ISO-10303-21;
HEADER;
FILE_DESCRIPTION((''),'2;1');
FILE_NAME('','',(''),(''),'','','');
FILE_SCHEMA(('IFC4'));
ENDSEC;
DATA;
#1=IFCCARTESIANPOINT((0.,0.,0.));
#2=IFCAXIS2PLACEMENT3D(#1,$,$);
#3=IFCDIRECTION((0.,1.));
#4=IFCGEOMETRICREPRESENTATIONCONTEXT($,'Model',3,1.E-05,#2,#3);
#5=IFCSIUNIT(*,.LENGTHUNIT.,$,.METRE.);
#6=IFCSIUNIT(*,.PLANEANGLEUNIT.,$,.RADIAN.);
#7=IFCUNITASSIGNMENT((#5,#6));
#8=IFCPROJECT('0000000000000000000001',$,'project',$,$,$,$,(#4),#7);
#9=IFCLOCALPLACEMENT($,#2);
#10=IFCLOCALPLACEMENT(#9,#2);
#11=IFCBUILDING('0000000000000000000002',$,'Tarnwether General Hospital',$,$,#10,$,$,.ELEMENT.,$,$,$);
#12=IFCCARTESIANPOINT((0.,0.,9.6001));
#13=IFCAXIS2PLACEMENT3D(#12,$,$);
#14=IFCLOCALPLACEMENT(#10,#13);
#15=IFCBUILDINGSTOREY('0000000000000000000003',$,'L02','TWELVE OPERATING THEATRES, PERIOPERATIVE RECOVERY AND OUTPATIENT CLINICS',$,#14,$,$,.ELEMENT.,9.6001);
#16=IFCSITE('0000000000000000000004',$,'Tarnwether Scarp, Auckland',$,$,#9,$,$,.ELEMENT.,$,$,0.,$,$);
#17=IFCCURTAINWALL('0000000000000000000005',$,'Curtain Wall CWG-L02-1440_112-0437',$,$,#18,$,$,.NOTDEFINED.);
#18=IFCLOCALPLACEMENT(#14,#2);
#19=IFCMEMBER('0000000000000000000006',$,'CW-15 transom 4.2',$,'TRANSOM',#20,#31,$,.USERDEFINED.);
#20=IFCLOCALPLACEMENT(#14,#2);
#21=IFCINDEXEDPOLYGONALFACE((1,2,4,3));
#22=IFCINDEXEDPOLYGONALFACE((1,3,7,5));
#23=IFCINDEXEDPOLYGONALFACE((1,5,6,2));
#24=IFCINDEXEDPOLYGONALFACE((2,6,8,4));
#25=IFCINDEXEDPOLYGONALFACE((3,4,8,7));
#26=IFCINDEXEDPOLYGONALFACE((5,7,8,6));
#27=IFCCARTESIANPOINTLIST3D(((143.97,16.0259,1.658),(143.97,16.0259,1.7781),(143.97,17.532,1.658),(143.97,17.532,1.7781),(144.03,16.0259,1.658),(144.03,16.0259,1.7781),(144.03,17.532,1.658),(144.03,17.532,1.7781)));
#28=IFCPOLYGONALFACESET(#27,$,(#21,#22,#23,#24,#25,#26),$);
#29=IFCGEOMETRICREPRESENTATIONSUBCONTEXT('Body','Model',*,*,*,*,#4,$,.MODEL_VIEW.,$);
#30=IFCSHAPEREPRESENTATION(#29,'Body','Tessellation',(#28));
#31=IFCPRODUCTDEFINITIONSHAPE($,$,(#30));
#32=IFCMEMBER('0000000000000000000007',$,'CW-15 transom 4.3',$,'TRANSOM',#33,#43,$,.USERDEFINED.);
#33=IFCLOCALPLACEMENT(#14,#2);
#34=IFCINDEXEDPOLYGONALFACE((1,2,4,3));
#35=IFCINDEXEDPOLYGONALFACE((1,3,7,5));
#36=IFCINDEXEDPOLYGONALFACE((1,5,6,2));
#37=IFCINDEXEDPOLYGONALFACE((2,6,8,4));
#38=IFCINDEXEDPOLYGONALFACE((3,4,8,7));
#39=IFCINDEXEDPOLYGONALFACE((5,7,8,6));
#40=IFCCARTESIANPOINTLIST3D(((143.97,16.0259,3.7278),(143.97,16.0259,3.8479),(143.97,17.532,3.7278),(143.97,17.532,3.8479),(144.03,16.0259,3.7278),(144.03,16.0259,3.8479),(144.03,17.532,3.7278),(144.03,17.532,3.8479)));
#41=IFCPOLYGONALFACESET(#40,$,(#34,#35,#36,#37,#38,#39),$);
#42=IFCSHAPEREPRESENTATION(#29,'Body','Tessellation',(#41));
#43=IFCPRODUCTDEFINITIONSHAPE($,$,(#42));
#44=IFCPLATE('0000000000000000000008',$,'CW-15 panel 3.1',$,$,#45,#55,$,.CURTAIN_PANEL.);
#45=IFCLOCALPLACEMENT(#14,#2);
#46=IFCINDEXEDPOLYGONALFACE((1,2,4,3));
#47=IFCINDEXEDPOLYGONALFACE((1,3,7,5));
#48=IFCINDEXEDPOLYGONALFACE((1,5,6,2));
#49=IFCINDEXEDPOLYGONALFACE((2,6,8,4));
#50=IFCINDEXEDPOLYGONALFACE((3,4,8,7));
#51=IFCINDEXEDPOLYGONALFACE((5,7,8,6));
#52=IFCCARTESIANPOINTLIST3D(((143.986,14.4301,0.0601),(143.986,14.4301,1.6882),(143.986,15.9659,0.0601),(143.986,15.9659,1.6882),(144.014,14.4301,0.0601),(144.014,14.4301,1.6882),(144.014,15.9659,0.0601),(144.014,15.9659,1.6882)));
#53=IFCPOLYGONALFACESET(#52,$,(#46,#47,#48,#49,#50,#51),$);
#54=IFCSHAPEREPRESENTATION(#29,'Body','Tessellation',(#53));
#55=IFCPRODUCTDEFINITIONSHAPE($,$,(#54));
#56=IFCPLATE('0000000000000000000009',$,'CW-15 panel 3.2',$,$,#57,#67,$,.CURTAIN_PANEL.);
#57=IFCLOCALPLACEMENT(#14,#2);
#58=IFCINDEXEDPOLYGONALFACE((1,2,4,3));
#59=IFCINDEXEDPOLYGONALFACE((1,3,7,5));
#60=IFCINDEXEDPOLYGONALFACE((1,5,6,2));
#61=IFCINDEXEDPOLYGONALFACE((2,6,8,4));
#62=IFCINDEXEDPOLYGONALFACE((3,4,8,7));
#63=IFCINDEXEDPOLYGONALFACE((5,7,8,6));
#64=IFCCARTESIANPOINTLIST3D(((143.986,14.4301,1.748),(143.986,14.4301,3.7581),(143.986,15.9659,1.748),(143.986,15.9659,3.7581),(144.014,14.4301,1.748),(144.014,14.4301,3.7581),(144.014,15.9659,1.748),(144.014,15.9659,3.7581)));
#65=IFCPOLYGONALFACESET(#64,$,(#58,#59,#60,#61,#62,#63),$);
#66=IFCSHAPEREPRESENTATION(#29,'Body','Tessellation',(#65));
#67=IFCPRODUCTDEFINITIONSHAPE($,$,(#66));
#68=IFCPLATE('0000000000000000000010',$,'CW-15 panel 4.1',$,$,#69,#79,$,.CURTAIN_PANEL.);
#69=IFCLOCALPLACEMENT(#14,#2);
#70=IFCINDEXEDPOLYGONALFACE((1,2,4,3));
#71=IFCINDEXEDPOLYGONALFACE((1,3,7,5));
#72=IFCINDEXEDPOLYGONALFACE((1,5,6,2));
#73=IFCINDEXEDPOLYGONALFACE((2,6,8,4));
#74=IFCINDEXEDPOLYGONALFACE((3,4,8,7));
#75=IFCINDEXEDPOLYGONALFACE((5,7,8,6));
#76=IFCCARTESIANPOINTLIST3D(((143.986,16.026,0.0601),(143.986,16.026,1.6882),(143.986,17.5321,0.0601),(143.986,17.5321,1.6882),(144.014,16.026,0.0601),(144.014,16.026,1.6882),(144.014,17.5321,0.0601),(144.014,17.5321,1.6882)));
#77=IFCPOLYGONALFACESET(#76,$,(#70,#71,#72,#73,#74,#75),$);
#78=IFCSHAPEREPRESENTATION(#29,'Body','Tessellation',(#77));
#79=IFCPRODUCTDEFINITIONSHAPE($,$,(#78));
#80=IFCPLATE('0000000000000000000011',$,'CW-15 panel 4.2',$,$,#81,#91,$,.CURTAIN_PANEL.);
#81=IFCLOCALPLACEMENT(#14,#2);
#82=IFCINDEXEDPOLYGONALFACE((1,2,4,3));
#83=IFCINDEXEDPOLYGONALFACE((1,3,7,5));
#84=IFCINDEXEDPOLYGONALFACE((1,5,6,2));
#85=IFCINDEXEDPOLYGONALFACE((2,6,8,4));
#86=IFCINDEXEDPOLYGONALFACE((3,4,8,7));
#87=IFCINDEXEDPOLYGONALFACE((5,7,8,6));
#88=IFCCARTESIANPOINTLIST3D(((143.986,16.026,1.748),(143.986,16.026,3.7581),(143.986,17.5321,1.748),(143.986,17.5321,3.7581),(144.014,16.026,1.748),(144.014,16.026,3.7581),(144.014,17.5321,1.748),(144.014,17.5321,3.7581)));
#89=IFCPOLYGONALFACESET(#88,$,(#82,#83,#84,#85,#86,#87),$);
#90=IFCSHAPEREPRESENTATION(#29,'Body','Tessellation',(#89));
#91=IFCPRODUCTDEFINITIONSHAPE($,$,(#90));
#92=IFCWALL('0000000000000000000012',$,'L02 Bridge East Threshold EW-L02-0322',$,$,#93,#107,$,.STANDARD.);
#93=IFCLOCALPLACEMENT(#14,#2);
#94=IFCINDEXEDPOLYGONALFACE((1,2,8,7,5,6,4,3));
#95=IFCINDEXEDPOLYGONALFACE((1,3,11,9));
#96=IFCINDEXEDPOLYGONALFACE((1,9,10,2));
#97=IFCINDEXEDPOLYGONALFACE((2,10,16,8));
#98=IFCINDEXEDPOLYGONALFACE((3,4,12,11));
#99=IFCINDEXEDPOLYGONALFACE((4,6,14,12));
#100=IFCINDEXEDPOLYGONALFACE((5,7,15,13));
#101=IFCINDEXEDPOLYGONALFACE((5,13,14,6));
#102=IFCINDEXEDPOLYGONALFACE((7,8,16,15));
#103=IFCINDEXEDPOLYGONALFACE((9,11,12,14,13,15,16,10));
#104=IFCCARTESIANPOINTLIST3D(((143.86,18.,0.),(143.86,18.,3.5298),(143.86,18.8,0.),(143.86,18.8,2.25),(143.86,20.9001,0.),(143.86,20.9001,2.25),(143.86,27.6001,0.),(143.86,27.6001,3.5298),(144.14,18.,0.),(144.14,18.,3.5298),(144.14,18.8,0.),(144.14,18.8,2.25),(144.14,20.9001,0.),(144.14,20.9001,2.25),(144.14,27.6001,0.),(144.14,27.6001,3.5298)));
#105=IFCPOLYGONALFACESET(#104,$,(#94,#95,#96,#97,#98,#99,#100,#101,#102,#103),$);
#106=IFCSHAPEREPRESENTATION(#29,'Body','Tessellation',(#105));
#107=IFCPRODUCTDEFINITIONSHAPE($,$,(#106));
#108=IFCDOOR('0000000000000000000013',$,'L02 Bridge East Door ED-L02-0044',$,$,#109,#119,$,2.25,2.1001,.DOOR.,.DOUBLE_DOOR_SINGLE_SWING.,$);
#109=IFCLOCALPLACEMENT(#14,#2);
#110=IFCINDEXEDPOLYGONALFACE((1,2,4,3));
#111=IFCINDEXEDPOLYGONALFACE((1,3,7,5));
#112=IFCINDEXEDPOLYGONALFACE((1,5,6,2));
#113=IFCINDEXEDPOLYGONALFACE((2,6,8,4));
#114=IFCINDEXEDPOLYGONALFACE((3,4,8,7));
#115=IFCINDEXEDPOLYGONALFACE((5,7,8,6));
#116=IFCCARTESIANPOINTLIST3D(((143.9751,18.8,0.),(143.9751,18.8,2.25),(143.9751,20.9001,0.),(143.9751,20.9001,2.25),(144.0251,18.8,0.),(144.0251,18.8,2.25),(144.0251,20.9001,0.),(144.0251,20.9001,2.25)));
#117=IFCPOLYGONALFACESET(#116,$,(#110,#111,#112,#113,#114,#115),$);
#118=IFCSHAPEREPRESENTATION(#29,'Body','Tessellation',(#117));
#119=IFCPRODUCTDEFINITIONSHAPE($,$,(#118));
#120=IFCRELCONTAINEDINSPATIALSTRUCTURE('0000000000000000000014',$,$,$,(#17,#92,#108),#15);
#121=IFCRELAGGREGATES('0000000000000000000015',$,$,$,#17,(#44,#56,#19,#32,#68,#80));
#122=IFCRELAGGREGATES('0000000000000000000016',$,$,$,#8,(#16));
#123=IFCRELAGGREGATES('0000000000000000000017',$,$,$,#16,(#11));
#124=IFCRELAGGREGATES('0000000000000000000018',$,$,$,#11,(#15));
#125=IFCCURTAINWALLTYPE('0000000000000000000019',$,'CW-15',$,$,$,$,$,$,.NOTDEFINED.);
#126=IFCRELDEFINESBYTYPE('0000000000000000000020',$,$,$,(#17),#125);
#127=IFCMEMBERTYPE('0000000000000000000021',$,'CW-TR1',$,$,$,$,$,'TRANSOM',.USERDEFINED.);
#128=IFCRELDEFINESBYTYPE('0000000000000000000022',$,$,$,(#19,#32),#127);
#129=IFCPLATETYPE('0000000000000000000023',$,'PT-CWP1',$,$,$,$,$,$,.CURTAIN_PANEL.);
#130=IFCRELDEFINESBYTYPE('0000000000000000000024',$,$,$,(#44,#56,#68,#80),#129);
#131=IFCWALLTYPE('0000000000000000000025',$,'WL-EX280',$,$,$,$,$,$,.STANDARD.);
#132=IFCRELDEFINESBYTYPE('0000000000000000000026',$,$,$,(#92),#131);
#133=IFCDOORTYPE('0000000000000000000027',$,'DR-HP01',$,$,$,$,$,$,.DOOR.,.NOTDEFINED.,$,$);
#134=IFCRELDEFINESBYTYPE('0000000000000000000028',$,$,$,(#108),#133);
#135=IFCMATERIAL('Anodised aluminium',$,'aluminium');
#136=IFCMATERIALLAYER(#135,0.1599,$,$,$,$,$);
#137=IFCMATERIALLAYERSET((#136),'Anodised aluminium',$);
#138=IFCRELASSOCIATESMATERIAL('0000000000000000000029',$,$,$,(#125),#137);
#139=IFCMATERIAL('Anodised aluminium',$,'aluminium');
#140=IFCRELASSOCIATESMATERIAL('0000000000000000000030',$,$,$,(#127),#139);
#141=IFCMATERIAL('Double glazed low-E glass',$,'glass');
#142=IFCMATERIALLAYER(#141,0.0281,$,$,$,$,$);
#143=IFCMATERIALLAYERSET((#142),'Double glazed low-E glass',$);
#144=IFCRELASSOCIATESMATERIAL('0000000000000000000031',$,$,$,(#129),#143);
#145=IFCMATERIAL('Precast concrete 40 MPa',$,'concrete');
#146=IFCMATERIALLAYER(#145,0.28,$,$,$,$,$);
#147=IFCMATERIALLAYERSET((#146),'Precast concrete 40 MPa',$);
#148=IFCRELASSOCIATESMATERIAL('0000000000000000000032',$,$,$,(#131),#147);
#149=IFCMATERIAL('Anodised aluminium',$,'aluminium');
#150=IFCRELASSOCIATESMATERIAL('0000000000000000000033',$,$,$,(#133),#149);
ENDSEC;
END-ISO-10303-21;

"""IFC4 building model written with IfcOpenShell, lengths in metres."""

from ifc_helpers import new_model, si_unit, direction, frame, frame_2d, origin, origin_2d, place, context, subcontext, project, spatial, rectangle, extrude, material, layer, layer_set, material_profile, profile_set, type_object, element, fill, aggregate, save


model = new_model("IFC4")

# Units and contexts
model_context = context("Model", 3, precision=1e-05, world=origin(), true_north=direction((0.0, 1.0)))
body_context = subcontext(model_context, "Body", "Model", "MODEL_VIEW")
ifc_project = project(units=[si_unit("LENGTHUNIT", "METRE"), si_unit("PLANEANGLEUNIT", "RADIAN")], contexts=[model_context])

# Site, building, storey
site_placement = place(None, origin())
site = spatial("IfcSite", under=ifc_project, at=site_placement, Name="Tarnwether Scarp, Auckland", CompositionType="ELEMENT", RefElevation=0.0)
building_placement = place(site_placement, origin())
building = spatial("IfcBuilding", under=site, at=building_placement, Name="Tarnwether General Hospital", CompositionType="ELEMENT")
storey_placement = place(building_placement, frame((0.0, 0.0, 9.6001)))
storey = spatial("IfcBuildingStorey", under=building, at=storey_placement, Name="L02", Description="TWELVE OPERATING THEATRES, PERIOPERATIVE RECOVERY AND OUTPATIENT CLINICS", CompositionType="ELEMENT", Elevation=9.6001)

# Curtain wall, members, plates
ifc_material_1 = material(Name="Anodised aluminium", Category="aluminium")
ifc_layer_1 = layer(ifc_material_1, 0.1599)
ifc_layer_set_1 = layer_set([ifc_layer_1], Name="Anodised aluminium")
curtain_wall_type = type_object("IfcCurtainWallType", Name="CW-15", PredefinedType="NOTDEFINED", material=ifc_layer_set_1)
curtain_wall_placement = place(storey_placement, origin())
curtain_wall = element("IfcCurtainWall", 1, at=curtain_wall_placement, inside=storey, type_object=curtain_wall_type, Name="Curtain Wall CWG-L02-1440_112-0437", PredefinedType="NOTDEFINED")
ifc_material_2 = material(Name="Anodised aluminium", Category="aluminium")
ifc_material_profile_1 = material_profile(ifc_material_2, rectangle(XDim=0.0601, YDim=0.1201, at=origin_2d()), Name="ALU-TRN-60x120")
ifc_profile_set_1 = profile_set([ifc_material_profile_1], Name="Anodised aluminium")
member_type_1 = type_object("IfcMemberType", Name="CW-TR1", ElementType="TRANSOM", PredefinedType="USERDEFINED", material=ifc_profile_set_1)
member_1_placement = place(storey_placement, frame((144.0, 16.0259, 1.718), z_axis=(0.0, 1.0, 0.0), x_axis=(-1.0, 0.0, 0.0)))
member_1 = element("IfcMember", 2, at=member_1_placement, type_object=member_type_1, Name="CW-15 transom 4.2", ObjectType="TRANSOM", PredefinedType="USERDEFINED", context=body_context, shape_type="SweptSolid", body=[
    extrude(rectangle(XDim=0.0601, YDim=0.1201, at=origin_2d()), origin(), (0.0, 0.0, 1.0), 1.5061),
])
member_2_placement = place(storey_placement, frame((144.0, 16.0259, 3.7878), z_axis=(0.0, 1.0, 0.0), x_axis=(-1.0, 0.0, 0.0)))
member_2 = element("IfcMember", 3, at=member_2_placement, type_object=member_type_1, Name="CW-15 transom 4.3", ObjectType="TRANSOM", PredefinedType="USERDEFINED", context=body_context, shape_type="SweptSolid", body=[
    extrude(rectangle(XDim=0.0601, YDim=0.1201, at=origin_2d()), origin(), (0.0, 0.0, 1.0), 1.5061),
])
ifc_material_3 = material(Name="Double glazed low-E glass", Category="glass")
ifc_layer_2 = layer(ifc_material_3, 0.0281)
ifc_layer_set_2 = layer_set([ifc_layer_2], Name="Double glazed low-E glass")
plate_type = type_object("IfcPlateType", Name="PT-CWP1", PredefinedType="CURTAIN_PANEL", material=ifc_layer_set_2)
plate_1_placement = place(storey_placement, frame((144.0, 15.198, 0.0601), z_axis=(0.0, 0.0, 1.0), x_axis=(0.0, 1.0, 0.0)))
plate_1 = element("IfcPlate", 4, at=plate_1_placement, type_object=plate_type, Name="CW-15 panel 3.1", PredefinedType="CURTAIN_PANEL", context=body_context, shape_type="SweptSolid", body=[
    extrude(rectangle(XDim=1.5359, YDim=0.0281, at=origin_2d()), origin(), (0.0, 0.0, 1.0), 1.6282),
])
plate_2_placement = place(storey_placement, frame((144.0, 15.198, 1.748), z_axis=(0.0, 0.0, 1.0), x_axis=(0.0, 1.0, 0.0)))
plate_2 = element("IfcPlate", 5, at=plate_2_placement, type_object=plate_type, Name="CW-15 panel 3.2", PredefinedType="CURTAIN_PANEL", context=body_context, shape_type="SweptSolid", body=[
    extrude(rectangle(XDim=1.5359, YDim=0.0281, at=origin_2d()), origin(), (0.0, 0.0, 1.0), 2.01),
])
plate_3_placement = place(storey_placement, frame((144.0, 16.7791, 0.0601), z_axis=(0.0, 0.0, 1.0), x_axis=(0.0, 1.0, 0.0)))
plate_3 = element("IfcPlate", 6, at=plate_3_placement, type_object=plate_type, Name="CW-15 panel 4.1", PredefinedType="CURTAIN_PANEL", context=body_context, shape_type="SweptSolid", body=[
    extrude(rectangle(XDim=1.5061, YDim=0.0281, at=origin_2d()), origin(), (0.0, 0.0, 1.0), 1.6282),
])
plate_4_placement = place(storey_placement, frame((144.0, 16.7791, 1.748), z_axis=(0.0, 0.0, 1.0), x_axis=(0.0, 1.0, 0.0)))
plate_4 = element("IfcPlate", 7, at=plate_4_placement, type_object=plate_type, Name="CW-15 panel 4.2", PredefinedType="CURTAIN_PANEL", context=body_context, shape_type="SweptSolid", body=[
    extrude(rectangle(XDim=1.5061, YDim=0.0281, at=origin_2d()), origin(), (0.0, 0.0, 1.0), 2.01),
])
aggregate(curtain_wall, [plate_1, plate_2, member_1, member_2, plate_3, plate_4])

# Wall, opening, door
ifc_material_4 = material(Name="Precast concrete 40 MPa", Category="concrete")
ifc_layer_3 = layer(ifc_material_4, 0.28)
ifc_layer_set_3 = layer_set([ifc_layer_3], Name="Precast concrete 40 MPa")
wall_type = type_object("IfcWallType", Name="WL-EX280", PredefinedType="STANDARD", material=ifc_layer_set_3)
wall_placement = place(storey_placement, frame((144.0, 18.0, 0.0), z_axis=(0.0, 0.0, 1.0), x_axis=(0.0, 1.0, 0.0)))
wall = element("IfcWall", 8, at=wall_placement, inside=storey, type_object=wall_type, Name="L02 Bridge East Threshold EW-L02-0322", PredefinedType="STANDARD", context=body_context, shape_type="SweptSolid", body=[
    extrude(rectangle(XDim=9.6001, YDim=0.28, at=frame_2d((4.8, 0.0))), origin(), (0.0, 0.0, 1.0), 3.5298),
])
opening_placement = place(wall_placement, frame((0.8, 0.0, 0.0)))
opening = element("IfcOpeningElement", 9, at=opening_placement, cuts=wall, PredefinedType="OPENING", context=body_context, shape_type="SweptSolid", body=[
    extrude(rectangle(XDim=2.1001, YDim=2.25, at=frame_2d((1.05, 1.125))), frame((0.0, 0.1499, 0.0), z_axis=(0.0, -1.0, 0.0), x_axis=(1.0, 0.0, 0.0)), (0.0, 0.0, 1.0), 0.3),
])
ifc_material_5 = material(Name="Anodised aluminium", Category="aluminium")
door_type = type_object("IfcDoorType", Name="DR-HP01", OperationType="NOTDEFINED", PredefinedType="DOOR", material=ifc_material_5)
door_placement = place(opening_placement, origin())
door = element("IfcDoor", 10, at=door_placement, inside=storey, type_object=door_type, Name="L02 Bridge East Door ED-L02-0044", OperationType="DOUBLE_DOOR_SINGLE_SWING", OverallHeight=2.25, OverallWidth=2.1001, PredefinedType="DOOR", context=body_context, shape_type="SweptSolid", body=[
    extrude(rectangle(XDim=2.1001, YDim=2.25, at=frame_2d((1.05, 1.125))), frame((0.0, 0.0249, 0.0), z_axis=(0.0, -1.0, 0.0), x_axis=(1.0, 0.0, 0.0)), (0.0, 0.0, 1.0), 0.05),
])
fill(opening, door)

save(model, "model.ifc")
